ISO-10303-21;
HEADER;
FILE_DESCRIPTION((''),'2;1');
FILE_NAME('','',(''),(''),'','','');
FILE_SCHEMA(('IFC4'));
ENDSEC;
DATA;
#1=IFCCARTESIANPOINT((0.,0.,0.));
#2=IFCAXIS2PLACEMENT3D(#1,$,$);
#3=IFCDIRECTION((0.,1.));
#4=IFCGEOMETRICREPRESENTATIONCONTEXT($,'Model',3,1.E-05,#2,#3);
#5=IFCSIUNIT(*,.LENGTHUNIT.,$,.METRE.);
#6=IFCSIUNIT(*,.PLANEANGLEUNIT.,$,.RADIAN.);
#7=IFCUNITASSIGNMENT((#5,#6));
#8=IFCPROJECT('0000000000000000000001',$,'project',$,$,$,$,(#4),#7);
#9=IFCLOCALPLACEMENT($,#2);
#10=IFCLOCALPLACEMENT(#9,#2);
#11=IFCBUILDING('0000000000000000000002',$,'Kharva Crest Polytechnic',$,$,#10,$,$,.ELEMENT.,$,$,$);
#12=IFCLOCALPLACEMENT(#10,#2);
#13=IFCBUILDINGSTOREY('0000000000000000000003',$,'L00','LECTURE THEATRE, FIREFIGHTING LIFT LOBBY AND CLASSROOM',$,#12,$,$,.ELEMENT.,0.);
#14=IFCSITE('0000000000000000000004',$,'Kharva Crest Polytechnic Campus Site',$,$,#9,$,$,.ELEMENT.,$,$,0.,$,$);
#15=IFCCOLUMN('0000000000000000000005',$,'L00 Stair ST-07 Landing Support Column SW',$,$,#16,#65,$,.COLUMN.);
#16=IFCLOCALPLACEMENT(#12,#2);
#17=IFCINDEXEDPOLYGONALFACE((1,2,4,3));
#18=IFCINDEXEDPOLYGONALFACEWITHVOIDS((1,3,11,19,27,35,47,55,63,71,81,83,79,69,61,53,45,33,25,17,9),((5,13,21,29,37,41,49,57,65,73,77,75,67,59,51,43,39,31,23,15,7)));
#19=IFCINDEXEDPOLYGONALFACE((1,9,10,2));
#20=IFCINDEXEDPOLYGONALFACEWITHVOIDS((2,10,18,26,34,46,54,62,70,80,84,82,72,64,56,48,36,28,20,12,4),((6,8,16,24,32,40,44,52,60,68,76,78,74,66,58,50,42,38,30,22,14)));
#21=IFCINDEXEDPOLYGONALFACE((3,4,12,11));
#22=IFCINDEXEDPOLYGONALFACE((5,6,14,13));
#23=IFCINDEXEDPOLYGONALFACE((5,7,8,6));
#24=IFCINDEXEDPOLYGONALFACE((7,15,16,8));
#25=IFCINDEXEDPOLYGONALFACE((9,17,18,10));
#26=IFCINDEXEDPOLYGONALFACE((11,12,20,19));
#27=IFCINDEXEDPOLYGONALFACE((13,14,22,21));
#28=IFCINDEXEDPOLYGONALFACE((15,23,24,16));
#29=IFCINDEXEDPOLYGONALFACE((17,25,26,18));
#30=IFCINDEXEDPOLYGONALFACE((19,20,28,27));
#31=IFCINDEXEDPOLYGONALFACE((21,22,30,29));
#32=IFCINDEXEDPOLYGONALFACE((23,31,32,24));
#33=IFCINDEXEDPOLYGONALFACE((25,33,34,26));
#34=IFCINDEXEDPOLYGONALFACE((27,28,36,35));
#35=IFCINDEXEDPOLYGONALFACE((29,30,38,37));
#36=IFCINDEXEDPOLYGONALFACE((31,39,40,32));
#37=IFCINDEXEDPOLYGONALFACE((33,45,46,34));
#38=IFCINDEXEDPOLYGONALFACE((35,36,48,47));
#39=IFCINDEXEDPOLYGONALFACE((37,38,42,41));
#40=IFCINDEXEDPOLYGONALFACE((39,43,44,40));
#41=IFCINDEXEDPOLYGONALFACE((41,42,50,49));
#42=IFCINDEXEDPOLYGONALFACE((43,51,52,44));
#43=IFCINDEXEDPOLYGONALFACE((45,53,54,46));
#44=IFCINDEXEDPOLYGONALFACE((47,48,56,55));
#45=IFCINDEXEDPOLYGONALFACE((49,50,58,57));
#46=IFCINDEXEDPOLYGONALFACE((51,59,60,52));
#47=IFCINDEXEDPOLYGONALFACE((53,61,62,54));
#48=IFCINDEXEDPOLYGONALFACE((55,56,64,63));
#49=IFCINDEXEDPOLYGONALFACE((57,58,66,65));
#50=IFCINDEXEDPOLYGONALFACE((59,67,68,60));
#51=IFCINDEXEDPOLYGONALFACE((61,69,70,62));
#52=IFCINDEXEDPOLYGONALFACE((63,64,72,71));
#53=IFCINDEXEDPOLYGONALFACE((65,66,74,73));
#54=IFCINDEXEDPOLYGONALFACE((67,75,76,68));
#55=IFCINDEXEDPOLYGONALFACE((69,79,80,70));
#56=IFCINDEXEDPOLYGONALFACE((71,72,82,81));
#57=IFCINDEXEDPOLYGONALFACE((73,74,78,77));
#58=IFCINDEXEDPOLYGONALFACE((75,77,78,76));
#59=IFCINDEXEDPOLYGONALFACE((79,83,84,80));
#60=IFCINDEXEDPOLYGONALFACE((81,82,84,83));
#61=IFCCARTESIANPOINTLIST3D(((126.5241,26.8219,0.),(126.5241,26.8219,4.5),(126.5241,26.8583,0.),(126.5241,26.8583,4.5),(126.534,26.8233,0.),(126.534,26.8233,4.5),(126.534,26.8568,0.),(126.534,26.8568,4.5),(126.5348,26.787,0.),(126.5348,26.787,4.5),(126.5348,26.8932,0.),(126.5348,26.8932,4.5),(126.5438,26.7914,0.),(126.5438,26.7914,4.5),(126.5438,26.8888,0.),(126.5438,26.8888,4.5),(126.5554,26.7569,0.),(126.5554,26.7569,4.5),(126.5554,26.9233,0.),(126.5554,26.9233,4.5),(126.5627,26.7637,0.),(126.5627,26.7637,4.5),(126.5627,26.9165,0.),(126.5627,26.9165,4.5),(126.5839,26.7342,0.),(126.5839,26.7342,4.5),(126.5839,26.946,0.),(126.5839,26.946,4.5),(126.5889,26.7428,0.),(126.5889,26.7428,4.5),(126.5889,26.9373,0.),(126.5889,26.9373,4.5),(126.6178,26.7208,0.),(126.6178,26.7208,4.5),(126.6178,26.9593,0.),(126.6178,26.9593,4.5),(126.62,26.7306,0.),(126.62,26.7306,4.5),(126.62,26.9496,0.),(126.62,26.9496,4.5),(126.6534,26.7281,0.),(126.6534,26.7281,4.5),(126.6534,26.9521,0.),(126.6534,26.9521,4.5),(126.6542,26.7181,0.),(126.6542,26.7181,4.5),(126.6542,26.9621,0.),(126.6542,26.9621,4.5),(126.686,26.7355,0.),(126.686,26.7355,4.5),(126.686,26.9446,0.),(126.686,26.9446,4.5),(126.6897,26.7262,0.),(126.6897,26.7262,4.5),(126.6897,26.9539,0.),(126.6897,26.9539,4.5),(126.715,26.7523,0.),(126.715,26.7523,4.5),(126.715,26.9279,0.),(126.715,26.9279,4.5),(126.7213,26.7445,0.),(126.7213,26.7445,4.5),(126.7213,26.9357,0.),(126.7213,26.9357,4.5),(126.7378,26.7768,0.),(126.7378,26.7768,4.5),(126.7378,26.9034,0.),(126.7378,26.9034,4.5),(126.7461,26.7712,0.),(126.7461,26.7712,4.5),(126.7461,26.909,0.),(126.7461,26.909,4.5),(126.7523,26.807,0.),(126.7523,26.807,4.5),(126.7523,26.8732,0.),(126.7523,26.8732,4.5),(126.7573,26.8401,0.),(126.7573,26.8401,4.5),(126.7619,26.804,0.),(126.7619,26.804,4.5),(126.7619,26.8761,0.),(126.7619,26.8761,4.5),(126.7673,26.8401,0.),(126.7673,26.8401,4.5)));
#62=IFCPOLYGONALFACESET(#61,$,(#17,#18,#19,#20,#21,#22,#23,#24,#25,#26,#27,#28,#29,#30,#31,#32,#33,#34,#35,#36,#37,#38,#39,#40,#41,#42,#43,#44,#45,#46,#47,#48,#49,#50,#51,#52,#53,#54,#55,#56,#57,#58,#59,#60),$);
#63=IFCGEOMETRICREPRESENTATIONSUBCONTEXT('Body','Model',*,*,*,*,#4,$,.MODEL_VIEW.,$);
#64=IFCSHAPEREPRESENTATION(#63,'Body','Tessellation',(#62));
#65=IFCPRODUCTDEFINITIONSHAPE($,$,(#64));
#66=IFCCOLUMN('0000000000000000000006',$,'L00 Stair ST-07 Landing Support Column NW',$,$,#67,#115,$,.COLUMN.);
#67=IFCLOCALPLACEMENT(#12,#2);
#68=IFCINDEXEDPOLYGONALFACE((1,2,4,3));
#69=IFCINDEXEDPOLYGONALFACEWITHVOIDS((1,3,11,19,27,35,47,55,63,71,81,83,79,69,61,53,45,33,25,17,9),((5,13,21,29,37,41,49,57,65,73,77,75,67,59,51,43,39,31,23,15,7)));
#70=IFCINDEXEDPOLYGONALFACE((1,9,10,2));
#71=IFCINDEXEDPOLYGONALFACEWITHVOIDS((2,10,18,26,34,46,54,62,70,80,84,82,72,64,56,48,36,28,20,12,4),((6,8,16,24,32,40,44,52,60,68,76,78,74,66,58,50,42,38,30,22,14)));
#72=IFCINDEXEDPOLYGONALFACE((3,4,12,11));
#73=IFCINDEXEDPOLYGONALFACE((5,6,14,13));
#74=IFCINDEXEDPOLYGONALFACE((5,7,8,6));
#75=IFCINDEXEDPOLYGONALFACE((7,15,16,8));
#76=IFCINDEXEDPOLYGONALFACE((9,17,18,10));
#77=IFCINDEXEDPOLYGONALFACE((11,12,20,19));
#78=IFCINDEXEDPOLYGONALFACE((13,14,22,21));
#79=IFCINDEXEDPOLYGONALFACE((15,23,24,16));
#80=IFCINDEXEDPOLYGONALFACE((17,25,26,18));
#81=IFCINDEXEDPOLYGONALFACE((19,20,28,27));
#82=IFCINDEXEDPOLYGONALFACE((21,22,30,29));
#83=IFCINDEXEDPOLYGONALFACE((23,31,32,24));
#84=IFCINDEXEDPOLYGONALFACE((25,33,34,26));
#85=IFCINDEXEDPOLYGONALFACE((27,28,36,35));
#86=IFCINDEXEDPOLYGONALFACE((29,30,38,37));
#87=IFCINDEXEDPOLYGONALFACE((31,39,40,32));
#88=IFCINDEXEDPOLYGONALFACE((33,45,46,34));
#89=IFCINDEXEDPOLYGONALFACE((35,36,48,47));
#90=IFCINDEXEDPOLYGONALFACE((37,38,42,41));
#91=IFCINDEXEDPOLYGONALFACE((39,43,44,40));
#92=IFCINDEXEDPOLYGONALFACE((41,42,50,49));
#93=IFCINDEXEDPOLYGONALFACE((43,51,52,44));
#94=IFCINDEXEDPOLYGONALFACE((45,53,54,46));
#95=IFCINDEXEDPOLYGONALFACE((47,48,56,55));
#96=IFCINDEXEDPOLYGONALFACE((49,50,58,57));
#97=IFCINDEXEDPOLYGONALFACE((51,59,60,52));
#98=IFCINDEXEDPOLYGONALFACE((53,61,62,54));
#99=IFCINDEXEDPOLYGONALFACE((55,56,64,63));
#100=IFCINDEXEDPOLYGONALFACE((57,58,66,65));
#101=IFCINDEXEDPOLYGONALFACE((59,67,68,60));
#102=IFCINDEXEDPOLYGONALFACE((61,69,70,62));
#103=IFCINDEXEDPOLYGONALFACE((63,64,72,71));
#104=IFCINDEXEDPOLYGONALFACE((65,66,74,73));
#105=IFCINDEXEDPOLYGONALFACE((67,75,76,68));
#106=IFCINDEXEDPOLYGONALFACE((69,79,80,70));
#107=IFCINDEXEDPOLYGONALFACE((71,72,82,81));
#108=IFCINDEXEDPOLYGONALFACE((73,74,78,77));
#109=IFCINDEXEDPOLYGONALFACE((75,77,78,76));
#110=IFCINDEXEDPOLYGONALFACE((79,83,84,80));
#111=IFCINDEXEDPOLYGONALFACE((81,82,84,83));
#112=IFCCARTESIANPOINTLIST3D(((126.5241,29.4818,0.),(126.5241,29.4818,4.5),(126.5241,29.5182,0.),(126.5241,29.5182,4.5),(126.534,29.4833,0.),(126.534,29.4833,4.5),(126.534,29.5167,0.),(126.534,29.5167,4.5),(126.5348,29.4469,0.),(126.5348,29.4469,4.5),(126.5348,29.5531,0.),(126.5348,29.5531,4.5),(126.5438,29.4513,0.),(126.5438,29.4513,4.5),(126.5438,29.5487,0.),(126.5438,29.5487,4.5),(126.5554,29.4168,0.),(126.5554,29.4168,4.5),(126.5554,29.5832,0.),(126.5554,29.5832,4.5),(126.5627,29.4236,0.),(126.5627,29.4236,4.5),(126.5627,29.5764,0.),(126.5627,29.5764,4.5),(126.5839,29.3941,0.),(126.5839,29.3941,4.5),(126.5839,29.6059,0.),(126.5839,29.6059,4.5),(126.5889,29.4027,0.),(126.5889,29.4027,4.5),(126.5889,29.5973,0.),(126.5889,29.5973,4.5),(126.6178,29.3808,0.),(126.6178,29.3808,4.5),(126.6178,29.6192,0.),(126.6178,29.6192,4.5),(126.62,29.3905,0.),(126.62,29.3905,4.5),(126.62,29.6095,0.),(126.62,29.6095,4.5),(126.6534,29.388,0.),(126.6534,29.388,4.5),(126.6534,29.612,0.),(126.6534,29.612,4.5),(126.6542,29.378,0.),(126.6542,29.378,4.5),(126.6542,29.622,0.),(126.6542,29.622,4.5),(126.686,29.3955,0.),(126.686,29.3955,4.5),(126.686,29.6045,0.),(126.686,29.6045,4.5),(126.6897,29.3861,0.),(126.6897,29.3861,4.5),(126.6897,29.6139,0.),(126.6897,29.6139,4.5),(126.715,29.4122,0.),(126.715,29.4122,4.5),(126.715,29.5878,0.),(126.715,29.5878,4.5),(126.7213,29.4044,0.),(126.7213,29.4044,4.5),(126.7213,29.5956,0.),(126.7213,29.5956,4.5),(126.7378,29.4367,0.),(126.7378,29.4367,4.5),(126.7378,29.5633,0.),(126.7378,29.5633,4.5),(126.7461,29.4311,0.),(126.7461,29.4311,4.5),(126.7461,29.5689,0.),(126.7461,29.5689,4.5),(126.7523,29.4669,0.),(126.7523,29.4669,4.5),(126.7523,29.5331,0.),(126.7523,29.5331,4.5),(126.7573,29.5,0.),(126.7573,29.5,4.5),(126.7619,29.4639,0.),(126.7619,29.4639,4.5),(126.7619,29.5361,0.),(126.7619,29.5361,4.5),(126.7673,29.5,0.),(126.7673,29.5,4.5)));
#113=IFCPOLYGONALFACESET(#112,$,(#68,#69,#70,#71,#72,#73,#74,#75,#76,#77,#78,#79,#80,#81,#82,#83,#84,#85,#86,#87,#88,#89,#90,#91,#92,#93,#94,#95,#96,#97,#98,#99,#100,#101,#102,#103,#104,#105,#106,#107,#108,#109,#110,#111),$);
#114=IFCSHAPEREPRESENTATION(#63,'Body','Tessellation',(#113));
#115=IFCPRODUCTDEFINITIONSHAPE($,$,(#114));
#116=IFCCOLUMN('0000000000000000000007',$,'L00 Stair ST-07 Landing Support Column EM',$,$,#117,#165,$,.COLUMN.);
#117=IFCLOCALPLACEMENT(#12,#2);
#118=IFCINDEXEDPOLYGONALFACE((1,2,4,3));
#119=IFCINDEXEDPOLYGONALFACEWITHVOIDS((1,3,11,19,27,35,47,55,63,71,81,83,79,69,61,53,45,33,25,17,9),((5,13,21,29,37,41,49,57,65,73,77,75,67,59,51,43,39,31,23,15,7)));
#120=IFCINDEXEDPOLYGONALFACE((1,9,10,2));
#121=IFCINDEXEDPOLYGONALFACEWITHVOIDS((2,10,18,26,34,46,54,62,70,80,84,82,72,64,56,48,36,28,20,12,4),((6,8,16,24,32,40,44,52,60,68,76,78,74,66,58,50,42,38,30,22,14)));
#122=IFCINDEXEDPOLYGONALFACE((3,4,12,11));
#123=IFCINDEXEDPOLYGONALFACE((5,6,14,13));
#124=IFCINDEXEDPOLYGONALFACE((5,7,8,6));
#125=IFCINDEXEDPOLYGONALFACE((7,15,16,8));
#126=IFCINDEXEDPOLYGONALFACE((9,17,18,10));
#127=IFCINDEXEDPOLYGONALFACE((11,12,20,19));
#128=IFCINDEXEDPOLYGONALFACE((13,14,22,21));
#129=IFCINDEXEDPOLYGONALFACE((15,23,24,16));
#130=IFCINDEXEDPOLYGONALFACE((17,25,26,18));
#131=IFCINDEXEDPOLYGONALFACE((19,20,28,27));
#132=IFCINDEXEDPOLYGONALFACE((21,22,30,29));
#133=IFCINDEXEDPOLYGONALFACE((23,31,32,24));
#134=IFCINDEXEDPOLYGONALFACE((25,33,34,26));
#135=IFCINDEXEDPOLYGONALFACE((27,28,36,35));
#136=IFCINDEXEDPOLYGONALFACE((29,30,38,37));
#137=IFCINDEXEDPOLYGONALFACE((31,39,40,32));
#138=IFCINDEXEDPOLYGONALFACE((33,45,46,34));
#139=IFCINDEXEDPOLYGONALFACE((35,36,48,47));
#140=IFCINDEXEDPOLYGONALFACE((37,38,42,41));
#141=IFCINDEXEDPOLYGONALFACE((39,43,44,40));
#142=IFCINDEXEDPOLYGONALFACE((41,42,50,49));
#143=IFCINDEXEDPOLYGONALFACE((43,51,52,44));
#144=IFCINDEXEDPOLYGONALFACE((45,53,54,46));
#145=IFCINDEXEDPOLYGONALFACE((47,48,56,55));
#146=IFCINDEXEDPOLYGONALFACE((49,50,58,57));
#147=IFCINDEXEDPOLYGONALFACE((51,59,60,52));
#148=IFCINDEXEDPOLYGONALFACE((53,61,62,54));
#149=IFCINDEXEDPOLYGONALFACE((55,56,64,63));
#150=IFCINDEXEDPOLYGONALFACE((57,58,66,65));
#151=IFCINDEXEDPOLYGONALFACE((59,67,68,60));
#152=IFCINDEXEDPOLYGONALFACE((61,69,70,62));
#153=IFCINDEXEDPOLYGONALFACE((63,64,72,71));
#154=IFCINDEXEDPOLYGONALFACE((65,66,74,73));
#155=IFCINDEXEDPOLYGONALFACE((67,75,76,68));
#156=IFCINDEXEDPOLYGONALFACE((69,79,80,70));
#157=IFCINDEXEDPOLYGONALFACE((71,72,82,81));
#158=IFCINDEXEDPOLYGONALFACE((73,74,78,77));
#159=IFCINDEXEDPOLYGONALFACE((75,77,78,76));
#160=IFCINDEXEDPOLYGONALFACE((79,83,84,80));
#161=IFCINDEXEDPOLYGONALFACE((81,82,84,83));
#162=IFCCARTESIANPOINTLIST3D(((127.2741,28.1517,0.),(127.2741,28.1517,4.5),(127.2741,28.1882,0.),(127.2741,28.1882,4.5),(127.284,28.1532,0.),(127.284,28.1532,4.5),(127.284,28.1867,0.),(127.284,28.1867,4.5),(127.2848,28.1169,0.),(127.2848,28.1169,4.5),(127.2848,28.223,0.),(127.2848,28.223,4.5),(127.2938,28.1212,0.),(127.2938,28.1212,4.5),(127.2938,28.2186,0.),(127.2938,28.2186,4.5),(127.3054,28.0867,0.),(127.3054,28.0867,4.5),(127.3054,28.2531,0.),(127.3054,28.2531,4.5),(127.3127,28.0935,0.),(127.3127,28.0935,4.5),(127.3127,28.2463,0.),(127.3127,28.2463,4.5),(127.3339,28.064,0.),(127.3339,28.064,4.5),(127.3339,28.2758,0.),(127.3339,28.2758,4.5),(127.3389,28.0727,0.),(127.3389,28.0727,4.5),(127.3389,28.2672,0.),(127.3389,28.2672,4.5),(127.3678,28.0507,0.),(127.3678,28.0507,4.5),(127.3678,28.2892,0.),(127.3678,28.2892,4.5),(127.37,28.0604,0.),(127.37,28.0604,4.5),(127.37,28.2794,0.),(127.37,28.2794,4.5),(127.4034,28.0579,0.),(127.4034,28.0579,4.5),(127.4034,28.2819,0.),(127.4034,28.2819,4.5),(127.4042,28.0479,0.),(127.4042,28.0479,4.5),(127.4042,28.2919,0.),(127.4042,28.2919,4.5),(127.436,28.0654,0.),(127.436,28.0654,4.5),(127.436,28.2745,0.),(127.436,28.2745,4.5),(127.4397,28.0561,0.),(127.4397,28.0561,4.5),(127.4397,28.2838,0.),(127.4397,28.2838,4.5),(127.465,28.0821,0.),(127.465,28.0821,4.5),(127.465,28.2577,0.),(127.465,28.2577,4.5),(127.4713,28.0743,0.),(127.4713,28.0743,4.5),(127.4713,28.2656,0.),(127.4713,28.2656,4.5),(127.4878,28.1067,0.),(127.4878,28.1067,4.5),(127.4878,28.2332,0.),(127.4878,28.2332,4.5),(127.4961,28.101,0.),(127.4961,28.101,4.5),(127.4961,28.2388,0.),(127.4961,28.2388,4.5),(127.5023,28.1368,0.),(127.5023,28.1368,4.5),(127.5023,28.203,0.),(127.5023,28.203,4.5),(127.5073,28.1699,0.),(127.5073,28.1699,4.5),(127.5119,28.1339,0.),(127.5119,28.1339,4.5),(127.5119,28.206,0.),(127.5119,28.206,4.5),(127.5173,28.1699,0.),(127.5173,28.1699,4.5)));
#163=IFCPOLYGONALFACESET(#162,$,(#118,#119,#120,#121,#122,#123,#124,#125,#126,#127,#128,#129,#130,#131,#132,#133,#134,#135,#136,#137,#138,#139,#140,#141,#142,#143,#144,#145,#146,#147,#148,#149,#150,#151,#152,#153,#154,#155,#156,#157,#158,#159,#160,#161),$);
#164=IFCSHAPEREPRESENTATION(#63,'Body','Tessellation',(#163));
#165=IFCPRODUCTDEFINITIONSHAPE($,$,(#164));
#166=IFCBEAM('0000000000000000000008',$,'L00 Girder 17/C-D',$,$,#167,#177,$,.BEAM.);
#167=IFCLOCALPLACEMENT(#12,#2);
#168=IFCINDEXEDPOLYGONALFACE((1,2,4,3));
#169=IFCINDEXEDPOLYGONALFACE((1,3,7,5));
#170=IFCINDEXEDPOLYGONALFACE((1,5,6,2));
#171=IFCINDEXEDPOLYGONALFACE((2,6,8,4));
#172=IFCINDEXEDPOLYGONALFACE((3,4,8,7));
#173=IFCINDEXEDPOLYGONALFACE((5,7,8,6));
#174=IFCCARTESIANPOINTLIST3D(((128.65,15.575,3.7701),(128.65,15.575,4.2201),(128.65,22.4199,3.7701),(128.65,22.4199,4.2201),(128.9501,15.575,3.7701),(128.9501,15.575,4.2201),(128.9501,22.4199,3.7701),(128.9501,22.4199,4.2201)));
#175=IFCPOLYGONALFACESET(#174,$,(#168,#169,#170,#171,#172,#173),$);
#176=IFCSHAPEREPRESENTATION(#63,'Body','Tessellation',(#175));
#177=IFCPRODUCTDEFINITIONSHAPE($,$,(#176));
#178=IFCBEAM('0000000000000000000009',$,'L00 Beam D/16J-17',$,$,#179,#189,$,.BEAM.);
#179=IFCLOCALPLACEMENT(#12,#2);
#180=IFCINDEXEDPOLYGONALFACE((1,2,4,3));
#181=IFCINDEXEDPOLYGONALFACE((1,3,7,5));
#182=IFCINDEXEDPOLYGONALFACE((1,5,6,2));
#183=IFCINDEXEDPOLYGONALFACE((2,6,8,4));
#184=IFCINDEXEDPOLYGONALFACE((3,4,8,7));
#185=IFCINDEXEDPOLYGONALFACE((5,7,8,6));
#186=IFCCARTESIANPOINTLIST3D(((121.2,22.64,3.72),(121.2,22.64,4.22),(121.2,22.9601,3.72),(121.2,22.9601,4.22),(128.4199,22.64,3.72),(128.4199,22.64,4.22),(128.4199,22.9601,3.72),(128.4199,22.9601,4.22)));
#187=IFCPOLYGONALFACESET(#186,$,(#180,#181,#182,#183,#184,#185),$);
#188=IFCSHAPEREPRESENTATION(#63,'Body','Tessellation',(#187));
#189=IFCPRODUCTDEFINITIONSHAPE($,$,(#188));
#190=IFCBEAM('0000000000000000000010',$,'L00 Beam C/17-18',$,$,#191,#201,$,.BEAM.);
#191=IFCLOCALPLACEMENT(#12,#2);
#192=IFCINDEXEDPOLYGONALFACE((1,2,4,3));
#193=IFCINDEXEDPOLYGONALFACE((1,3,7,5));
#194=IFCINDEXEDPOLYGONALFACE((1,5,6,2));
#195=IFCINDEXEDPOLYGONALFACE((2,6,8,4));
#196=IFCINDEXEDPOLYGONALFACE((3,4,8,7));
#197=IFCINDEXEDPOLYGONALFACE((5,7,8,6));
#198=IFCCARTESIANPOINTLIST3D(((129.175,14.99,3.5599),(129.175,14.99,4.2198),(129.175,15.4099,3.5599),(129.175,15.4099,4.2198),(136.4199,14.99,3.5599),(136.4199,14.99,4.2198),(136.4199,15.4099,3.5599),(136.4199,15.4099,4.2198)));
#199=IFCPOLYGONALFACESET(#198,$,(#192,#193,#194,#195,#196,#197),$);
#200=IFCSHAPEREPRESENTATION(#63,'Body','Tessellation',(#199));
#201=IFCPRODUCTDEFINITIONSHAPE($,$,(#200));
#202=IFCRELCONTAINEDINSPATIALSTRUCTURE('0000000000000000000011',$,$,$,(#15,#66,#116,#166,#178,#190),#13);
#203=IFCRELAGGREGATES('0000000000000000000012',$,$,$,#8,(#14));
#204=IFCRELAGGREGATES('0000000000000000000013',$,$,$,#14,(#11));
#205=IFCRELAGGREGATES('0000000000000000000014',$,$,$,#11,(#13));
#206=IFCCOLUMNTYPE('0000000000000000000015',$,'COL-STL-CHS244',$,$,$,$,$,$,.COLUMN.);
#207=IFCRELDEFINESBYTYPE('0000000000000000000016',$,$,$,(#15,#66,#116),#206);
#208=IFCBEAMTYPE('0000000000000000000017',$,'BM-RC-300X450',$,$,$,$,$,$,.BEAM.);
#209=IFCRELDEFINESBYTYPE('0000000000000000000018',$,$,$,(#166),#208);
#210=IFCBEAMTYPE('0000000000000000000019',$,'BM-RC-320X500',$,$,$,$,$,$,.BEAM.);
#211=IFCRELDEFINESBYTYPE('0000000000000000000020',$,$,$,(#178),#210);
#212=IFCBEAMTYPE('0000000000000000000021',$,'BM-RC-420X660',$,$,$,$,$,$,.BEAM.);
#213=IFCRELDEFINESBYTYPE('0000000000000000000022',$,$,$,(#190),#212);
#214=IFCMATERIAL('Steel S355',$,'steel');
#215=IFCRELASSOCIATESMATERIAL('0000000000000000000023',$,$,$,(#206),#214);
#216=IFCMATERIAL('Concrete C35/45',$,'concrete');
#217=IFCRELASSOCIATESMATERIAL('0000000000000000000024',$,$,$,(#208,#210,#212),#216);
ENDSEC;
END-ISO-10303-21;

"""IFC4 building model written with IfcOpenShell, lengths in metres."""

from ifc_helpers import new_model, si_unit, direction, frame, origin, origin_2d, place, context, subcontext, project, spatial, rectangle, hollow_circle, extrude, material, material_profile, profile_set, type_object, element, save


model = new_model("IFC4")

# Units and contexts
model_context = context("Model", 3, precision=1e-05, world=origin(), true_north=direction((0.0, 1.0)))
body_context = subcontext(model_context, "Body", "Model", "MODEL_VIEW")
ifc_project = project(units=[si_unit("LENGTHUNIT", "METRE"), si_unit("PLANEANGLEUNIT", "RADIAN")], contexts=[model_context])

# Site, building, storey
site_placement = place(None, origin())
site = spatial("IfcSite", under=ifc_project, at=site_placement, Name="Kharva Crest Polytechnic Campus Site", CompositionType="ELEMENT", RefElevation=0.0)
building_placement = place(site_placement, origin())
building = spatial("IfcBuilding", under=site, at=building_placement, Name="Kharva Crest Polytechnic", CompositionType="ELEMENT")
storey_placement = place(building_placement, origin())
storey = spatial("IfcBuildingStorey", under=building, at=storey_placement, Name="L00", Description="LECTURE THEATRE, FIREFIGHTING LIFT LOBBY AND CLASSROOM", CompositionType="ELEMENT", Elevation=0.0)

# Columns
ifc_material_1 = material(Name="Steel S355", Category="steel")
ifc_material_profile_1 = material_profile(ifc_material_1, hollow_circle(Radius=0.1223, WallThickness=0.01, at=origin_2d()), Name="CHS 244.5X10.0")
ifc_profile_set_1 = profile_set([ifc_material_profile_1], Name="Steel S355")
column_type_1 = type_object("IfcColumnType", Name="COL-STL-CHS244", PredefinedType="COLUMN", material=ifc_profile_set_1)
for number, where, z_axis, x_axis, name in (
    (1, (126.645, 26.8401, 0.0), (0.0, 0.0, 1.0), (1.0, 0.0, 0.0), "L00 Stair ST-07 Landing Support Column SW"),
    (2, (126.645, 29.5, 0.0), (0.0, 0.0, 1.0), (1.0, 0.0, 0.0), "L00 Stair ST-07 Landing Support Column NW"),
    (3, (127.395, 28.1699, 0.0), (0.0, 0.0, 1.0), (1.0, 0.0, 0.0), "L00 Stair ST-07 Landing Support Column EM"),
):
    element("IfcColumn", number, at=place(storey_placement, frame(where, z_axis=z_axis, x_axis=x_axis)), inside=storey, type_object=column_type_1, Name=name, PredefinedType="COLUMN", context=body_context, shape_type="SweptSolid", body=[
        extrude(hollow_circle(Radius=0.1223, WallThickness=0.01, at=origin_2d()), origin(), (0.0, 0.0, 1.0), 4.5),
    ])

# Beams
ifc_material_2 = material(Name="Concrete C35/45", Category="concrete")
ifc_material_profile_2 = material_profile(ifc_material_2, rectangle(XDim=0.3, YDim=0.45, at=origin_2d()), Name="RECT 300 X 450")
ifc_profile_set_2 = profile_set([ifc_material_profile_2], Name="Concrete C35/45")
beam_type_1 = type_object("IfcBeamType", Name="BM-RC-300X450", PredefinedType="BEAM", material=ifc_profile_set_2)
beam_1_placement = place(storey_placement, frame((128.8, 15.575, 3.9951), z_axis=(0.0, 1.0, 0.0), x_axis=(-1.0, 0.0, 0.0)))
element("IfcBeam", 4, at=beam_1_placement, inside=storey, type_object=beam_type_1, Name="L00 Girder 17/C-D", PredefinedType="BEAM", context=body_context, shape_type="SweptSolid", body=[
    extrude(rectangle(XDim=0.3, YDim=0.45, at=origin_2d()), origin(), (0.0, 0.0, 1.0), 6.845),
])
ifc_material_profile_3 = material_profile(ifc_material_2, rectangle(XDim=0.3201, YDim=0.5, at=origin_2d()), Name="RECT 320 X 500")
ifc_profile_set_3 = profile_set([ifc_material_profile_3], Name="Concrete C35/45")
beam_type_2 = type_object("IfcBeamType", Name="BM-RC-320X500", PredefinedType="BEAM", material=ifc_profile_set_3)
beam_2_placement = place(storey_placement, frame((121.2, 22.8, 3.97), z_axis=(1.0, 0.0, 0.0), x_axis=(0.0, 1.0, 0.0)))
element("IfcBeam", 5, at=beam_2_placement, inside=storey, type_object=beam_type_2, Name="L00 Beam D/16J-17", PredefinedType="BEAM", context=body_context, shape_type="SweptSolid", body=[
    extrude(rectangle(XDim=0.3201, YDim=0.5, at=origin_2d()), origin(), (0.0, 0.0, 1.0), 7.22),
])
ifc_material_profile_4 = material_profile(ifc_material_2, rectangle(XDim=0.4199, YDim=0.6599, at=origin_2d()), Name="RECT 420 X 660")
ifc_profile_set_4 = profile_set([ifc_material_profile_4], Name="Concrete C35/45")
beam_type_3 = type_object("IfcBeamType", Name="BM-RC-420X660", PredefinedType="BEAM", material=ifc_profile_set_4)
beam_3_placement = place(storey_placement, frame((129.175, 15.2, 3.8899), z_axis=(1.0, 0.0, 0.0), x_axis=(0.0, 1.0, 0.0)))
element("IfcBeam", 6, at=beam_3_placement, inside=storey, type_object=beam_type_3, Name="L00 Beam C/17-18", PredefinedType="BEAM", context=body_context, shape_type="SweptSolid", body=[
    extrude(rectangle(XDim=0.4199, YDim=0.6599, at=origin_2d()), origin(), (0.0, 0.0, 1.0), 7.2449),
])

save(model, "model.ifc")
